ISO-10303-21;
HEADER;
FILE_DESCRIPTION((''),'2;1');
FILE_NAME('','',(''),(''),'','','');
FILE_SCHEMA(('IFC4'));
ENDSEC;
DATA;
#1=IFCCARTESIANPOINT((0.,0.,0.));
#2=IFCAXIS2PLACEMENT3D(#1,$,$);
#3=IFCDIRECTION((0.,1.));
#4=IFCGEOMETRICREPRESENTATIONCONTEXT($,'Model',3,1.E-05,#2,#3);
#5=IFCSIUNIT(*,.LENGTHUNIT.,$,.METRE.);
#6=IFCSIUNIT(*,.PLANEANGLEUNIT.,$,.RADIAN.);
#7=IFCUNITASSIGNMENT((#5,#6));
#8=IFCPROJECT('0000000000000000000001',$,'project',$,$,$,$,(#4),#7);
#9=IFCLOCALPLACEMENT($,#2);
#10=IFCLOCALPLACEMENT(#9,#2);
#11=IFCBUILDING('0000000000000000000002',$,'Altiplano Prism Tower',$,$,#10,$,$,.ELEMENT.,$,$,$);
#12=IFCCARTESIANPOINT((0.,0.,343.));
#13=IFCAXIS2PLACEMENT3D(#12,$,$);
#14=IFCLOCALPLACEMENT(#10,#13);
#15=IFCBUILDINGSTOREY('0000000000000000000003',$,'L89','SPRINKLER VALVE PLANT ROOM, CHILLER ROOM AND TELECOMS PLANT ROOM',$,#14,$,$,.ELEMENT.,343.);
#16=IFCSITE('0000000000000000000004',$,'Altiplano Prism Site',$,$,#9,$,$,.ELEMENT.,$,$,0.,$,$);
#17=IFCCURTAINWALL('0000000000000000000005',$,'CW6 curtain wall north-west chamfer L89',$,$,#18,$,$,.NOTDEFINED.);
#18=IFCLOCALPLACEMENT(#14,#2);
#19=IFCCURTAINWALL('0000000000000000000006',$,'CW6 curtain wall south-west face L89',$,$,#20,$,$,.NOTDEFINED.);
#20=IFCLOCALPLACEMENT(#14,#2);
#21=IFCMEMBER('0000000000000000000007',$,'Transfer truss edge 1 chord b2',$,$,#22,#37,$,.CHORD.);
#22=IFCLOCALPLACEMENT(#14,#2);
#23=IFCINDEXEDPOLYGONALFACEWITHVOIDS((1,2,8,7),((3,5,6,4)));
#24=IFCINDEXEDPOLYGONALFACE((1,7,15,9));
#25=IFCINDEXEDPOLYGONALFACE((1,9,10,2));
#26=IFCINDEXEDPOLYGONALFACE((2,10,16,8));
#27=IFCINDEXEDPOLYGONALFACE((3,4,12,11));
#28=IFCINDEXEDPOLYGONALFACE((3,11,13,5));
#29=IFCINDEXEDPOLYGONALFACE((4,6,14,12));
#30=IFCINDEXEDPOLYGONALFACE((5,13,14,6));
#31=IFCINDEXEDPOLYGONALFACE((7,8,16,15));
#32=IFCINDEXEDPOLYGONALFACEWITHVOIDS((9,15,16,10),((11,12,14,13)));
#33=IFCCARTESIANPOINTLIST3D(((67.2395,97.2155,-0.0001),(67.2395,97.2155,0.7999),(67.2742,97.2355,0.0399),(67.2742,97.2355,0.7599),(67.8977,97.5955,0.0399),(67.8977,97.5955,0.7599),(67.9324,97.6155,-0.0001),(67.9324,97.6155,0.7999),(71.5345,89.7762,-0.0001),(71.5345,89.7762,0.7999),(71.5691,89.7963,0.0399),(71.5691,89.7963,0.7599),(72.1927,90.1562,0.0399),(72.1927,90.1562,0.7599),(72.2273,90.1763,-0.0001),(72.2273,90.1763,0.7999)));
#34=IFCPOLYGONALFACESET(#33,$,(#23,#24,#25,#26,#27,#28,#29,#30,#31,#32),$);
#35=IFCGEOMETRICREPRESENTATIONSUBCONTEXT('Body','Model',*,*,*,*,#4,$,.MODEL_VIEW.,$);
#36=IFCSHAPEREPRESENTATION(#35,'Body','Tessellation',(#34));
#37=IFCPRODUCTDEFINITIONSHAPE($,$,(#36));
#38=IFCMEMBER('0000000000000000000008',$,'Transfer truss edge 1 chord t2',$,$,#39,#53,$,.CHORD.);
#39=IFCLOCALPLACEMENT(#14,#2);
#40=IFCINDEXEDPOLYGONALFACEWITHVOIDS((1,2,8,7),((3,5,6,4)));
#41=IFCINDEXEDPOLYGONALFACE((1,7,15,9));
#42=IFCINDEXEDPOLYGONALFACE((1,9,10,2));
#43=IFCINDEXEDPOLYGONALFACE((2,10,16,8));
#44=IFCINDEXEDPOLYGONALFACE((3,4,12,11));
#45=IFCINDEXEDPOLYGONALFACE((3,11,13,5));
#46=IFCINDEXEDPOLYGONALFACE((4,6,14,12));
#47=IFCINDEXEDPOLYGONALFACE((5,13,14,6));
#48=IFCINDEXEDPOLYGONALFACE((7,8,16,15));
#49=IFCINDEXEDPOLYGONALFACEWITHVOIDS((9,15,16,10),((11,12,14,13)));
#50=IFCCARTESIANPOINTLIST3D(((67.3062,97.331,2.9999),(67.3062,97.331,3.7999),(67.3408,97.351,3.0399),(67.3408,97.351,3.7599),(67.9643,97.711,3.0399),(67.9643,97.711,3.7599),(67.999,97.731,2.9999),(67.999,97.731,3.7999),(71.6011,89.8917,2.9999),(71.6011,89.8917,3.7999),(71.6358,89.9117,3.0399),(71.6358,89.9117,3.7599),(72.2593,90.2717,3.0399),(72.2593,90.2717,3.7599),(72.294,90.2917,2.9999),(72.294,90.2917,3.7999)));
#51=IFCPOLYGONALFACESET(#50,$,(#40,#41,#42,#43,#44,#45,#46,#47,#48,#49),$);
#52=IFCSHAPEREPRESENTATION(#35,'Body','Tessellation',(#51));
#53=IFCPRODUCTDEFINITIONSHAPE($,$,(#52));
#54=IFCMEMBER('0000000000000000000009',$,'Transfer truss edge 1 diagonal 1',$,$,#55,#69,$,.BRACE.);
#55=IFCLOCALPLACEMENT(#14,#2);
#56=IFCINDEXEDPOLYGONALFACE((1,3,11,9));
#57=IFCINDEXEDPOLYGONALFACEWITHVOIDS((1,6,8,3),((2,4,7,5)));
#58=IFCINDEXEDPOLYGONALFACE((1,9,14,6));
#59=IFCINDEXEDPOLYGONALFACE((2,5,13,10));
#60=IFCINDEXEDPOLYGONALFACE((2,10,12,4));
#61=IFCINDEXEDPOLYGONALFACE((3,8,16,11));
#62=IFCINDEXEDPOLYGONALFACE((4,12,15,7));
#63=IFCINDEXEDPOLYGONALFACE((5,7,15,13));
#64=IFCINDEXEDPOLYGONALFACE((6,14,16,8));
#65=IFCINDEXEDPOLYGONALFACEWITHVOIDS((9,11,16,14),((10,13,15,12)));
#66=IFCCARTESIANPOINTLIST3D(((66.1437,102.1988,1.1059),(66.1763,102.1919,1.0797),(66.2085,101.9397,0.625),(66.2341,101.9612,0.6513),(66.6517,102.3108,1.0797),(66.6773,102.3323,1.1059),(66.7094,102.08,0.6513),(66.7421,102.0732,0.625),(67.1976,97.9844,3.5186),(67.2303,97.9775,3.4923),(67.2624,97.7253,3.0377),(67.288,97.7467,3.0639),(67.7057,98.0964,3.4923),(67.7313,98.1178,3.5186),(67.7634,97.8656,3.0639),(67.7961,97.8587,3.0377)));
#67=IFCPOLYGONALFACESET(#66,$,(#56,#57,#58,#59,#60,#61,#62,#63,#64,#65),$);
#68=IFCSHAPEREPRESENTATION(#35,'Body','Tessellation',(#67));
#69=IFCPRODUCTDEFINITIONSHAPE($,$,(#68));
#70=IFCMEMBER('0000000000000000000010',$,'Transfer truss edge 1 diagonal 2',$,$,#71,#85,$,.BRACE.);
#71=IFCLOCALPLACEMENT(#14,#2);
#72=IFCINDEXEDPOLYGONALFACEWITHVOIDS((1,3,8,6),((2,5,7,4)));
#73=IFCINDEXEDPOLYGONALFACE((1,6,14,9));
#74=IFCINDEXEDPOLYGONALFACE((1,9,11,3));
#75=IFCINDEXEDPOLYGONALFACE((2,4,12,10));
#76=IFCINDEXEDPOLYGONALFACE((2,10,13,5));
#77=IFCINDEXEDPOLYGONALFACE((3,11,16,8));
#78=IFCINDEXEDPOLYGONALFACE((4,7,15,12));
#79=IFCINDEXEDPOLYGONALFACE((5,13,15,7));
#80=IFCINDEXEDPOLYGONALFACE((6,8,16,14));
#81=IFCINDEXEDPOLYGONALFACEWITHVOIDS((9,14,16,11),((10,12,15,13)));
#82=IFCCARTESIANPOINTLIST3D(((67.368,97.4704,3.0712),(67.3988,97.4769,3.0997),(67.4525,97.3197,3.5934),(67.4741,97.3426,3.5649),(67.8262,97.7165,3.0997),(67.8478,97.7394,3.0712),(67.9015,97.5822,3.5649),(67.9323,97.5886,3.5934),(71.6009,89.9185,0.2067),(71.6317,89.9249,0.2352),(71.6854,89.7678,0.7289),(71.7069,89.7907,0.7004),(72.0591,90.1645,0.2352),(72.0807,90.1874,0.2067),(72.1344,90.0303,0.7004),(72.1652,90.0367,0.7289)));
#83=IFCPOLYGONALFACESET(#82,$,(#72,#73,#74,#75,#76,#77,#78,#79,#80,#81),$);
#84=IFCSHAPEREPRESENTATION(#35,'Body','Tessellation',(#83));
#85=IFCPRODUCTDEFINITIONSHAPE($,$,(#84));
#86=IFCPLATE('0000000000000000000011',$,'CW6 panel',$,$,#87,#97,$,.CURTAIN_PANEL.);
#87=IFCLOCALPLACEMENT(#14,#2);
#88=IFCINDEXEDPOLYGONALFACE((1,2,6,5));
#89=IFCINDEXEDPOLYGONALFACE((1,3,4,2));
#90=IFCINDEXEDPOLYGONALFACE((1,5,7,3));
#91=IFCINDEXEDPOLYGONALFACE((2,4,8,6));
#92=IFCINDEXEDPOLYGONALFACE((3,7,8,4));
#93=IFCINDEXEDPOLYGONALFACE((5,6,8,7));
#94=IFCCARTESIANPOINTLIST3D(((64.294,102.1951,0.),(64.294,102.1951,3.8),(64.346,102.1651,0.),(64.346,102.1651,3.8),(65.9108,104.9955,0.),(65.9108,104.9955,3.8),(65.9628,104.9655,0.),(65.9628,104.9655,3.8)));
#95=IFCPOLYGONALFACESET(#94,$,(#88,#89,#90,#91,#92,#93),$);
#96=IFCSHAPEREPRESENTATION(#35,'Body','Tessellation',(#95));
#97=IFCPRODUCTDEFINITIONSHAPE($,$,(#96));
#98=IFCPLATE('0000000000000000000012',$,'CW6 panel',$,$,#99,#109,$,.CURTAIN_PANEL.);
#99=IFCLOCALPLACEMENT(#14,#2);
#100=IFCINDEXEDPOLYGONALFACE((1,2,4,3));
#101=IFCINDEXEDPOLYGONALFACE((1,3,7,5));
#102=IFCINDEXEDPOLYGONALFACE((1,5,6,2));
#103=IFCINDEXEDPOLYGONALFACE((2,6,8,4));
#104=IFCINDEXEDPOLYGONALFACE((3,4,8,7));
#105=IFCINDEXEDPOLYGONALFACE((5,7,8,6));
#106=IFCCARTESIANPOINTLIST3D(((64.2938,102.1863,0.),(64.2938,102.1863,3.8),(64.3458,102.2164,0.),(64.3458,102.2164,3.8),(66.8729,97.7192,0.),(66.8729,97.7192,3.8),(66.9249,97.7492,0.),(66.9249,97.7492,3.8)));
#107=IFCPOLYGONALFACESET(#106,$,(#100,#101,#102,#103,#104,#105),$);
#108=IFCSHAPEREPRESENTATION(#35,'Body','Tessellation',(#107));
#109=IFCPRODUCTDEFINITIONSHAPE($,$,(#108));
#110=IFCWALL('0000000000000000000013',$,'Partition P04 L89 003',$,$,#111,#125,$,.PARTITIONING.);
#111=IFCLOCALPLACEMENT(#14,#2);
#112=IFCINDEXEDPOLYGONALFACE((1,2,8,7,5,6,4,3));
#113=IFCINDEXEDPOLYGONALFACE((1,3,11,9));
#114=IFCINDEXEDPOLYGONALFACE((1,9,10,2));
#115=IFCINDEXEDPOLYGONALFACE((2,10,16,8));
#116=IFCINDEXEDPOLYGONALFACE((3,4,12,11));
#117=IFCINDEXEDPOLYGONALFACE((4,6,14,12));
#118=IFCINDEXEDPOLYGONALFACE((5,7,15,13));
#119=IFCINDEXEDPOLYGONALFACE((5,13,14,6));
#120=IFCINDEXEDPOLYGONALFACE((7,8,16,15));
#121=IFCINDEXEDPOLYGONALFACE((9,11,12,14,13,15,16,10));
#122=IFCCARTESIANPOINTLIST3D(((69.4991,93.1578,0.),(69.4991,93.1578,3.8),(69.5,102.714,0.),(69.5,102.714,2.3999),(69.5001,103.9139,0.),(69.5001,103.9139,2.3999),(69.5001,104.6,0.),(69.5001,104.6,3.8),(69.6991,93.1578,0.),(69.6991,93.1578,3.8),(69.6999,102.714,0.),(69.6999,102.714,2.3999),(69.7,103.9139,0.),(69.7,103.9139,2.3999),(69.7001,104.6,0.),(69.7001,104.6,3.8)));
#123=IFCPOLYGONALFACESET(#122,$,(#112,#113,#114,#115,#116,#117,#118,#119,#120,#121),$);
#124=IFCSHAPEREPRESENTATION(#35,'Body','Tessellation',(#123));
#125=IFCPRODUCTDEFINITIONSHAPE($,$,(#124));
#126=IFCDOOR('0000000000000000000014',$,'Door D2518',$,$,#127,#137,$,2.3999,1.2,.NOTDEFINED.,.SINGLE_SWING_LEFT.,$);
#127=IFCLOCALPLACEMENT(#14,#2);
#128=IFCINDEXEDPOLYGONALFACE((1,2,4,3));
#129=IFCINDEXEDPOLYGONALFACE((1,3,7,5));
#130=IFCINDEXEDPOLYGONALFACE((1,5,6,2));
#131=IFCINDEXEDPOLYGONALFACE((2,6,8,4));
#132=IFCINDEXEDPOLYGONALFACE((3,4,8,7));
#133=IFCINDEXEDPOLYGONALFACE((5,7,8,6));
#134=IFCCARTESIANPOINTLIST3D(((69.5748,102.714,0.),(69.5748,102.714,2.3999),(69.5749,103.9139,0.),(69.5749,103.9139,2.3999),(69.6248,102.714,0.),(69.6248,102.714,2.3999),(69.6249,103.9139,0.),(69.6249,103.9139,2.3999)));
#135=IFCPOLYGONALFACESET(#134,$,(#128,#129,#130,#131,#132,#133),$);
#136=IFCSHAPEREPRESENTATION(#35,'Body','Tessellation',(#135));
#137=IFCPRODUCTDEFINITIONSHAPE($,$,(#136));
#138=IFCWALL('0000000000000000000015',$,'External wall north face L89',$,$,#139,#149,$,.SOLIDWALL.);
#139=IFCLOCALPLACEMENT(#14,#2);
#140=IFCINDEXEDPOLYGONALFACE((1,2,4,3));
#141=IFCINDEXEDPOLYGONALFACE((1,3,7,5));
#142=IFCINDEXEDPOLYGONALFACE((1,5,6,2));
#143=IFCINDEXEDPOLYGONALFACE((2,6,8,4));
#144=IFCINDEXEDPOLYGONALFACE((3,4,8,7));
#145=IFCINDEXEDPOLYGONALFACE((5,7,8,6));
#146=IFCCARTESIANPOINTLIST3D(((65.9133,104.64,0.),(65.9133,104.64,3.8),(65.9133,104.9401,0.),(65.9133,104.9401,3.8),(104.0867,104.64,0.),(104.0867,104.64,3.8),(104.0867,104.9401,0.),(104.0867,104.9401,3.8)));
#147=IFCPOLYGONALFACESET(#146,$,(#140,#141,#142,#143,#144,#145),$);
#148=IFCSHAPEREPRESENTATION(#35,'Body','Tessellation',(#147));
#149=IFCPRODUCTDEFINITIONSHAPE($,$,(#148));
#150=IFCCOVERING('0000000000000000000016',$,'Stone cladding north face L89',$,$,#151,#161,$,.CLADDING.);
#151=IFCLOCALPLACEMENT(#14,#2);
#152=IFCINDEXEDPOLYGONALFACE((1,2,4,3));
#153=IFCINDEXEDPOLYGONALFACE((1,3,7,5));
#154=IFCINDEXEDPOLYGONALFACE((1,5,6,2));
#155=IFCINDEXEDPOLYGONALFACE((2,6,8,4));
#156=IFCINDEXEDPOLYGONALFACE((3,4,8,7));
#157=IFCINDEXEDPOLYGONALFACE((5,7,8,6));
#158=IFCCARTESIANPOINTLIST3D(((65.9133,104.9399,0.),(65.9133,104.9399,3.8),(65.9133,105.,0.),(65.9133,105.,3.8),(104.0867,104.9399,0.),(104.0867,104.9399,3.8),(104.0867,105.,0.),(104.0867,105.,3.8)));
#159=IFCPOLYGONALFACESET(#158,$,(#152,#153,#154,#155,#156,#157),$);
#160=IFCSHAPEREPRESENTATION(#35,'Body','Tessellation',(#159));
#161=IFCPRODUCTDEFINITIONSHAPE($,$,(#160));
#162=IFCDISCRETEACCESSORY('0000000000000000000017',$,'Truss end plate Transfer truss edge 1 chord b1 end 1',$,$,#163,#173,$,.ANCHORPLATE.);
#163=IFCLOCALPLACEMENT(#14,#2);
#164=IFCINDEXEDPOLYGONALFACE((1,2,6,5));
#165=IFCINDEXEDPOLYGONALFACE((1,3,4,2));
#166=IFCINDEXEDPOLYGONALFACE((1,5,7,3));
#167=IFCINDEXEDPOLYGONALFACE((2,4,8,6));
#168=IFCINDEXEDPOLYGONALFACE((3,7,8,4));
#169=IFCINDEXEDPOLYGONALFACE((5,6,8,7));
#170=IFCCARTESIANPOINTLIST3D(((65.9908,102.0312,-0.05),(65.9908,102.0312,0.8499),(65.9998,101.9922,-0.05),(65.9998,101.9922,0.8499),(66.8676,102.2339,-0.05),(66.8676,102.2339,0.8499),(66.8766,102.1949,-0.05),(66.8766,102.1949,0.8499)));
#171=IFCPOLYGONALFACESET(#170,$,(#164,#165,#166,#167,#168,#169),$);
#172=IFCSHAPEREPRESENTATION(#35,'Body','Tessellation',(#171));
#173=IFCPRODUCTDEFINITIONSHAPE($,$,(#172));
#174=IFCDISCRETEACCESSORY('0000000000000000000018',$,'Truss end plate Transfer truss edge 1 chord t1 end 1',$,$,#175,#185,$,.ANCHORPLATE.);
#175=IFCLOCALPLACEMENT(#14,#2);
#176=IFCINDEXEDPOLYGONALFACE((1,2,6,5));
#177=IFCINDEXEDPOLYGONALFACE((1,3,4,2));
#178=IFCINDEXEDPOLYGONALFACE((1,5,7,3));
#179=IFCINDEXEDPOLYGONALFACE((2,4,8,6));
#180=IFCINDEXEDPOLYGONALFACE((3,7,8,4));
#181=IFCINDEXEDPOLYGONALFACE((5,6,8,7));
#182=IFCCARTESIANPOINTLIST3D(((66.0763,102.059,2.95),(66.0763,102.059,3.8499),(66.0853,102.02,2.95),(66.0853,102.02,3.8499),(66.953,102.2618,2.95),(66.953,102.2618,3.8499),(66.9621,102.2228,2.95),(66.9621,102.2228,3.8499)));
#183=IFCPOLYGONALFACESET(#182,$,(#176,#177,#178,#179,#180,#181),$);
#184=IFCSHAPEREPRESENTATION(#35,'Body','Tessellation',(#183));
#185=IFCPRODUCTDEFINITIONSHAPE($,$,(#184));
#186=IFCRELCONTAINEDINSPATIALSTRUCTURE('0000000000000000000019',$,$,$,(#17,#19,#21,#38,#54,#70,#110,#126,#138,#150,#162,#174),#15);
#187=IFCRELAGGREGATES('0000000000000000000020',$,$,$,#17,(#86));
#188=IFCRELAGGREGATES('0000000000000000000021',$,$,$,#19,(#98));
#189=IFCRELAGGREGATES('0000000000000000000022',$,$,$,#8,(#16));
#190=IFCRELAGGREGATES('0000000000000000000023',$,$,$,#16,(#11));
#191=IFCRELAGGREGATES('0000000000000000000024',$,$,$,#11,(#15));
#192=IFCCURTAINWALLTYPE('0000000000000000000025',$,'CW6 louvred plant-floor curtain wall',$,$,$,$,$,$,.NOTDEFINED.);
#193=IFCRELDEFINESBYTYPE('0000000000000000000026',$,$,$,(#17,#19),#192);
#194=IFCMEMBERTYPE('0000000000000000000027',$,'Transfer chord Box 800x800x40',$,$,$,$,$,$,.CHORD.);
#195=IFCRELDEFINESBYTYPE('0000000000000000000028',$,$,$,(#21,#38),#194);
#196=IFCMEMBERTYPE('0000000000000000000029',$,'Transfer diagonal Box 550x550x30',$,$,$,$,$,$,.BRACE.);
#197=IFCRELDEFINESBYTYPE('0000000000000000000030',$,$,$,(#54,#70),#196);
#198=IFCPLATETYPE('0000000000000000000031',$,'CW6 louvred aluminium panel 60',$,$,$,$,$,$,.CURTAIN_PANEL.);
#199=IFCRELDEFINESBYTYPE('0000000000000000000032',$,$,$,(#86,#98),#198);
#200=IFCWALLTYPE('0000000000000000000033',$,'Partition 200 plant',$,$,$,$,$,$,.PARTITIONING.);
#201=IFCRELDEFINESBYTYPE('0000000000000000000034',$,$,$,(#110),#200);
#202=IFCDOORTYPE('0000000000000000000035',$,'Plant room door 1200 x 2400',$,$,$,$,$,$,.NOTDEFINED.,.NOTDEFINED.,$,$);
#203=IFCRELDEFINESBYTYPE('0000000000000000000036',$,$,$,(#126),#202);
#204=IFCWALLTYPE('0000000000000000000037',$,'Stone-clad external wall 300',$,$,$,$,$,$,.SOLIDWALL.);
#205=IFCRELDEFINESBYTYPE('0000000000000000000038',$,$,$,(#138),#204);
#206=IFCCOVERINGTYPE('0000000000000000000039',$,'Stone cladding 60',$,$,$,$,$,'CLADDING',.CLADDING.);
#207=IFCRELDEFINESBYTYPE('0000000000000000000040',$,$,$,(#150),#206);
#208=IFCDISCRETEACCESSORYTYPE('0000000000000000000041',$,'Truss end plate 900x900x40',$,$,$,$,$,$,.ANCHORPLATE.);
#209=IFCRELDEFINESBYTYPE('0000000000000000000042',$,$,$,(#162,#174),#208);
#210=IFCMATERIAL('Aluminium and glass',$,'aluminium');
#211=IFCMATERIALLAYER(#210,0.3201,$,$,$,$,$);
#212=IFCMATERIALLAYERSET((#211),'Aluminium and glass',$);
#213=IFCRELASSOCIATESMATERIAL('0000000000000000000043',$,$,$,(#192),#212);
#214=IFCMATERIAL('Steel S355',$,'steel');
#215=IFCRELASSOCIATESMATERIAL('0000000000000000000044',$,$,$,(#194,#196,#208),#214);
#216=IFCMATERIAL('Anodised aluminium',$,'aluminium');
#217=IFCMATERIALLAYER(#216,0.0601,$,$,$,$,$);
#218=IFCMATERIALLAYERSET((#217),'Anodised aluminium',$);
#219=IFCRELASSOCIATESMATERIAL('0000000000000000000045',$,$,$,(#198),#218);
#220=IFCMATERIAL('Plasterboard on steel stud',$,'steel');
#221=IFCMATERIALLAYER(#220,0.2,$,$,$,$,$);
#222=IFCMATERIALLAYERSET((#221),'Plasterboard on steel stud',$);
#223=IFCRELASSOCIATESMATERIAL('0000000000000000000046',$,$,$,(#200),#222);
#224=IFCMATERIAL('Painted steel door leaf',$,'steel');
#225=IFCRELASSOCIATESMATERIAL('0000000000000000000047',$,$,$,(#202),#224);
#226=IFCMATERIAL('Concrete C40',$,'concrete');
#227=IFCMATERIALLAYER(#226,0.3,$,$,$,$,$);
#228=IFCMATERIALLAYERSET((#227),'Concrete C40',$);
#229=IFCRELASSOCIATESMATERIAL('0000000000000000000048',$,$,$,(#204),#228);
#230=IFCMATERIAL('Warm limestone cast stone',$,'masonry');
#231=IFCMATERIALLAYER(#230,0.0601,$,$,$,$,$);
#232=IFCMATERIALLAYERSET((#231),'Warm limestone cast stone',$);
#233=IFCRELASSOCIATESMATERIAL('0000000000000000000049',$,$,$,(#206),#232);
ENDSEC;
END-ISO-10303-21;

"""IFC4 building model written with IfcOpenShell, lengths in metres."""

from ifc_helpers import new_model, si_unit, direction, frame, frame_2d, origin, origin_2d, place, context, subcontext, project, spatial, rectangle, hollow_rectangle, extrude, material, layer, layer_set, material_profile, profile_set, type_object, element, fill, aggregate, save


model = new_model("IFC4")

# Units and contexts
model_context = context("Model", 3, precision=1e-05, world=origin(), true_north=direction((0.0, 1.0)))
body_context = subcontext(model_context, "Body", "Model", "MODEL_VIEW")
ifc_project = project(units=[si_unit("LENGTHUNIT", "METRE"), si_unit("PLANEANGLEUNIT", "RADIAN")], contexts=[model_context])

# Site, building, storey
site_placement = place(None, origin())
site = spatial("IfcSite", under=ifc_project, at=site_placement, Name="Altiplano Prism Site", CompositionType="ELEMENT", RefElevation=0.0)
building_placement = place(site_placement, origin())
building = spatial("IfcBuilding", under=site, at=building_placement, Name="Altiplano Prism Tower", CompositionType="ELEMENT")
storey_placement = place(building_placement, frame((0.0, 0.0, 343.0)))
storey = spatial("IfcBuildingStorey", under=building, at=storey_placement, Name="L89", Description="SPRINKLER VALVE PLANT ROOM, CHILLER ROOM AND TELECOMS PLANT ROOM", CompositionType="ELEMENT", Elevation=343.0)

# Shared definitions
ifc_material_1 = material(Name="Steel S355", Category="steel")

# Curtain wall
ifc_material_2 = material(Name="Aluminium and glass", Category="aluminium")
ifc_layer_1 = layer(ifc_material_2, 0.3201)
ifc_layer_set_1 = layer_set([ifc_layer_1], Name="Aluminium and glass")
curtain_wall_type = type_object("IfcCurtainWallType", Name="CW6 louvred plant-floor curtain wall", PredefinedType="NOTDEFINED", material=ifc_layer_set_1)
curtain_wall_1_placement = place(storey_placement, origin())
curtain_wall_1 = element("IfcCurtainWall", 1, at=curtain_wall_1_placement, inside=storey, type_object=curtain_wall_type, Name="CW6 curtain wall north-west chamfer L89", PredefinedType="NOTDEFINED")

# Curtain wall
curtain_wall_2_placement = place(storey_placement, origin())
curtain_wall_2 = element("IfcCurtainWall", 2, at=curtain_wall_2_placement, inside=storey, type_object=curtain_wall_type, Name="CW6 curtain wall south-west face L89", PredefinedType="NOTDEFINED")

# Members
ifc_material_profile_1 = material_profile(ifc_material_1, hollow_rectangle(XDim=0.8, YDim=0.8, WallThickness=0.04, at=origin_2d()), Name="Transfer chord Box 800x800x40")
ifc_profile_set_1 = profile_set([ifc_material_profile_1], Name="Steel S355")
member_type_1 = type_object("IfcMemberType", Name="Transfer chord Box 800x800x40", PredefinedType="CHORD", material=ifc_profile_set_1)
for number, where, z_axis, x_axis, name in (
    (3, (67.5859, 97.4155, 0.3999), (0.499991, -0.866031, 0.0), (0.866031, 0.499991, 0.0), "Transfer truss edge 1 chord b2"),
    (4, (67.6526, 97.531, 3.3999), (0.499991, -0.866031, 0.0), (0.866031, 0.499991, 0.0), "Transfer truss edge 1 chord t2"),
):
    element("IfcMember", number, at=place(storey_placement, frame(where, z_axis=z_axis, x_axis=x_axis)), inside=storey, type_object=member_type_1, Name=name, PredefinedType="CHORD", context=body_context, shape_type="SweptSolid", body=[
        extrude(hollow_rectangle(XDim=0.8, YDim=0.8, WallThickness=0.04, at=origin_2d()), origin(), (0.0, 0.0, 1.0), 8.5901),
    ])
ifc_material_profile_2 = material_profile(ifc_material_1, hollow_rectangle(XDim=0.55, YDim=0.55, WallThickness=0.03, at=origin_2d()), Name="Transfer diagonal Box 550x550x30")
ifc_profile_set_2 = profile_set([ifc_material_profile_2], Name="Steel S355")
member_type_2 = type_object("IfcMemberType", Name="Transfer diagonal Box 550x550x30", PredefinedType="BRACE", material=ifc_profile_set_2)
member_1_placement = place(storey_placement, frame((66.4429, 102.136, 0.8655), z_axis=(0.212101, -0.848108, 0.485517), x_axis=(0.970123, 0.242615, 0.0)))
element("IfcMember", 5, at=member_1_placement, inside=storey, type_object=member_type_2, Name="Transfer truss edge 1 diagonal 1", PredefinedType="BRACE", context=body_context, shape_type="SweptSolid", body=[
    extrude(hollow_rectangle(XDim=0.55, YDim=0.55, WallThickness=0.03, at=origin_2d()), origin(), (0.0, 0.0, 1.0), 4.9692),
])
member_2_placement = place(storey_placement, frame((67.6501, 97.5295, 3.3323), z_axis=(0.464187, -0.828164, -0.314126), x_axis=(0.872319, 0.488937, 0.0)))
element("IfcMember", 6, at=member_2_placement, inside=storey, type_object=member_type_2, Name="Transfer truss edge 1 diagonal 2", PredefinedType="BRACE", context=body_context, shape_type="SweptSolid", body=[
    extrude(hollow_rectangle(XDim=0.55, YDim=0.55, WallThickness=0.03, at=origin_2d()), origin(), (0.0, 0.0, 1.0), 9.1189),
])

# Plates
ifc_material_3 = material(Name="Anodised aluminium", Category="aluminium")
ifc_layer_2 = layer(ifc_material_3, 0.0601)
ifc_layer_set_2 = layer_set([ifc_layer_2], Name="Anodised aluminium")
plate_type = type_object("IfcPlateType", Name="CW6 louvred aluminium panel 60", PredefinedType="CURTAIN_PANEL", material=ifc_layer_set_2)
plate_1_placement = place(storey_placement, frame((65.1284, 103.5803, 0.0), z_axis=(0.0, 0.0, 1.0), x_axis=(-0.5, -0.866025, 0.0)))
plate_1 = element("IfcPlate", 7, at=plate_1_placement, type_object=plate_type, Name="CW6 panel", PredefinedType="CURTAIN_PANEL", context=body_context, shape_type="SweptSolid", body=[
    extrude(rectangle(XDim=3.2336, YDim=0.0601, at=origin_2d()), origin(), (0.0, 0.0, 1.0), 3.8),
])
aggregate(curtain_wall_1, [plate_1])
plate_2_placement = place(storey_placement, frame((65.6094, 99.9678, 0.0), z_axis=(0.0, 0.0, 1.0), x_axis=(0.5, -0.866025, 0.0)))
plate_2 = element("IfcPlate", 8, at=plate_2_placement, type_object=plate_type, Name="CW6 panel", PredefinedType="CURTAIN_PANEL", context=body_context, shape_type="SweptSolid", body=[
    extrude(rectangle(XDim=5.1582, YDim=0.0601, at=origin_2d()), origin(), (0.0, 0.0, 1.0), 3.8),
])
aggregate(curtain_wall_2, [plate_2])

# Wall, opening, door
ifc_material_4 = material(Name="Plasterboard on steel stud", Category="steel")
ifc_layer_3 = layer(ifc_material_4, 0.2)
ifc_layer_set_3 = layer_set([ifc_layer_3], Name="Plasterboard on steel stud")
wall_type_1 = type_object("IfcWallType", Name="Partition 200 plant", PredefinedType="PARTITIONING", material=ifc_layer_set_3)
wall_1_placement = place(storey_placement, frame((69.6001, 104.6001, 0.0), z_axis=(0.0, 0.0, 1.0), x_axis=(-0.000085, -1.0, 0.0)))
wall_1 = element("IfcWall", 9, at=wall_1_placement, inside=storey, type_object=wall_type_1, Name="Partition P04 L89 003", PredefinedType="PARTITIONING", context=body_context, shape_type="SweptSolid", body=[
    extrude(rectangle(XDim=11.4421, YDim=0.2, at=frame_2d((5.7212, 0.0))), origin(), (0.0, 0.0, 1.0), 3.8),
])
opening_placement = place(wall_1_placement, frame((0.686, 0.0, 0.0)))
opening = element("IfcOpeningElement", 10, at=opening_placement, cuts=wall_1, PredefinedType="OPENING", context=body_context, shape_type="SweptSolid", body=[
    extrude(rectangle(XDim=1.2, YDim=2.3999, at=frame_2d((0.6001, 1.2))), frame((0.0, 0.1104, 0.0), z_axis=(0.0, -1.0, 0.0), x_axis=(1.0, 0.0, 0.0)), (0.0, 0.0, 1.0), 0.2209),
])
ifc_material_5 = material(Name="Painted steel door leaf", Category="steel")
door_type = type_object("IfcDoorType", Name="Plant room door 1200 x 2400", OperationType="NOTDEFINED", PredefinedType="NOTDEFINED", material=ifc_material_5)
door_placement = place(opening_placement, origin())
door = element("IfcDoor", 11, at=door_placement, inside=storey, type_object=door_type, Name="Door D2518", OperationType="SINGLE_SWING_LEFT", OverallHeight=2.3999, OverallWidth=1.2, PredefinedType="NOTDEFINED", context=body_context, shape_type="SweptSolid", body=[
    extrude(rectangle(XDim=1.2, YDim=2.3999, at=frame_2d((0.6001, 1.2))), frame((0.0, 0.0249, 0.0), z_axis=(0.0, -1.0, 0.0), x_axis=(1.0, 0.0, 0.0)), (0.0, 0.0, 1.0), 0.05),
])
fill(opening, door)

# Wall
ifc_material_6 = material(Name="Concrete C40", Category="concrete")
ifc_layer_4 = layer(ifc_material_6, 0.3)
ifc_layer_set_4 = layer_set([ifc_layer_4], Name="Concrete C40")
wall_type_2 = type_object("IfcWallType", Name="Stone-clad external wall 300", PredefinedType="SOLIDWALL", material=ifc_layer_set_4)
wall_2_placement = place(storey_placement, frame((65.9133, 104.79, 0.0), z_axis=(0.0, 0.0, 1.0), x_axis=(1.0, 0.0, 0.0)))
element("IfcWall", 12, at=wall_2_placement, inside=storey, type_object=wall_type_2, Name="External wall north face L89", PredefinedType="SOLIDWALL", context=body_context, shape_type="SweptSolid", body=[
    extrude(rectangle(XDim=38.1733, YDim=0.3, at=frame_2d((19.0867, 0.0))), origin(), (0.0, 0.0, 1.0), 3.8),
])

# Covering
ifc_material_7 = material(Name="Warm limestone cast stone", Category="masonry")
ifc_layer_5 = layer(ifc_material_7, 0.0601)
ifc_layer_set_5 = layer_set([ifc_layer_5], Name="Warm limestone cast stone")
covering_type = type_object("IfcCoveringType", Name="Stone cladding 60", ElementType="CLADDING", PredefinedType="CLADDING", material=ifc_layer_set_5)
covering_placement = place(storey_placement, frame((65.9133, 104.97, 0.0), z_axis=(0.0, 0.0, 1.0), x_axis=(1.0, 0.0, 0.0)))
element("IfcCovering", 13, at=covering_placement, inside=storey, type_object=covering_type, Name="Stone cladding north face L89", PredefinedType="CLADDING", context=body_context, shape_type="SweptSolid", body=[
    extrude(rectangle(XDim=38.1733, YDim=0.0601, at=frame_2d((19.0867, 0.0))), origin(), (0.0, 0.0, 1.0), 3.8),
])

# Discrete accessories
ifc_material_profile_3 = material_profile(ifc_material_1, rectangle(XDim=0.8999, YDim=0.8999, at=origin_2d()), Name="Truss end plate 900x900x40")
ifc_profile_set_3 = profile_set([ifc_material_profile_3], Name="Steel S355")
discrete_accessory_type = type_object("IfcDiscreteAccessoryType", Name="Truss end plate 900x900x40", PredefinedType="ANCHORPLATE", material=ifc_profile_set_3)
for number, where, z_axis, x_axis, name in (
    (14, (66.4292, 102.1326, 0.3999), (0.225304, -0.974288, 0.0), (0.974288, 0.225304, 0.0), "Truss end plate Transfer truss edge 1 chord b1 end 1"),
    (15, (66.5146, 102.1604, 3.3999), (0.225304, -0.974288, 0.0), (0.974288, 0.225304, 0.0), "Truss end plate Transfer truss edge 1 chord t1 end 1"),
):
    element("IfcDiscreteAccessory", number, at=place(storey_placement, frame(where, z_axis=z_axis, x_axis=x_axis)), inside=storey, type_object=discrete_accessory_type, Name=name, PredefinedType="ANCHORPLATE", context=body_context, shape_type="SweptSolid", body=[
        extrude(rectangle(XDim=0.8999, YDim=0.8999, at=origin_2d()), origin(), (0.0, 0.0, 1.0), 0.04),
    ])

save(model, "model.ifc")
